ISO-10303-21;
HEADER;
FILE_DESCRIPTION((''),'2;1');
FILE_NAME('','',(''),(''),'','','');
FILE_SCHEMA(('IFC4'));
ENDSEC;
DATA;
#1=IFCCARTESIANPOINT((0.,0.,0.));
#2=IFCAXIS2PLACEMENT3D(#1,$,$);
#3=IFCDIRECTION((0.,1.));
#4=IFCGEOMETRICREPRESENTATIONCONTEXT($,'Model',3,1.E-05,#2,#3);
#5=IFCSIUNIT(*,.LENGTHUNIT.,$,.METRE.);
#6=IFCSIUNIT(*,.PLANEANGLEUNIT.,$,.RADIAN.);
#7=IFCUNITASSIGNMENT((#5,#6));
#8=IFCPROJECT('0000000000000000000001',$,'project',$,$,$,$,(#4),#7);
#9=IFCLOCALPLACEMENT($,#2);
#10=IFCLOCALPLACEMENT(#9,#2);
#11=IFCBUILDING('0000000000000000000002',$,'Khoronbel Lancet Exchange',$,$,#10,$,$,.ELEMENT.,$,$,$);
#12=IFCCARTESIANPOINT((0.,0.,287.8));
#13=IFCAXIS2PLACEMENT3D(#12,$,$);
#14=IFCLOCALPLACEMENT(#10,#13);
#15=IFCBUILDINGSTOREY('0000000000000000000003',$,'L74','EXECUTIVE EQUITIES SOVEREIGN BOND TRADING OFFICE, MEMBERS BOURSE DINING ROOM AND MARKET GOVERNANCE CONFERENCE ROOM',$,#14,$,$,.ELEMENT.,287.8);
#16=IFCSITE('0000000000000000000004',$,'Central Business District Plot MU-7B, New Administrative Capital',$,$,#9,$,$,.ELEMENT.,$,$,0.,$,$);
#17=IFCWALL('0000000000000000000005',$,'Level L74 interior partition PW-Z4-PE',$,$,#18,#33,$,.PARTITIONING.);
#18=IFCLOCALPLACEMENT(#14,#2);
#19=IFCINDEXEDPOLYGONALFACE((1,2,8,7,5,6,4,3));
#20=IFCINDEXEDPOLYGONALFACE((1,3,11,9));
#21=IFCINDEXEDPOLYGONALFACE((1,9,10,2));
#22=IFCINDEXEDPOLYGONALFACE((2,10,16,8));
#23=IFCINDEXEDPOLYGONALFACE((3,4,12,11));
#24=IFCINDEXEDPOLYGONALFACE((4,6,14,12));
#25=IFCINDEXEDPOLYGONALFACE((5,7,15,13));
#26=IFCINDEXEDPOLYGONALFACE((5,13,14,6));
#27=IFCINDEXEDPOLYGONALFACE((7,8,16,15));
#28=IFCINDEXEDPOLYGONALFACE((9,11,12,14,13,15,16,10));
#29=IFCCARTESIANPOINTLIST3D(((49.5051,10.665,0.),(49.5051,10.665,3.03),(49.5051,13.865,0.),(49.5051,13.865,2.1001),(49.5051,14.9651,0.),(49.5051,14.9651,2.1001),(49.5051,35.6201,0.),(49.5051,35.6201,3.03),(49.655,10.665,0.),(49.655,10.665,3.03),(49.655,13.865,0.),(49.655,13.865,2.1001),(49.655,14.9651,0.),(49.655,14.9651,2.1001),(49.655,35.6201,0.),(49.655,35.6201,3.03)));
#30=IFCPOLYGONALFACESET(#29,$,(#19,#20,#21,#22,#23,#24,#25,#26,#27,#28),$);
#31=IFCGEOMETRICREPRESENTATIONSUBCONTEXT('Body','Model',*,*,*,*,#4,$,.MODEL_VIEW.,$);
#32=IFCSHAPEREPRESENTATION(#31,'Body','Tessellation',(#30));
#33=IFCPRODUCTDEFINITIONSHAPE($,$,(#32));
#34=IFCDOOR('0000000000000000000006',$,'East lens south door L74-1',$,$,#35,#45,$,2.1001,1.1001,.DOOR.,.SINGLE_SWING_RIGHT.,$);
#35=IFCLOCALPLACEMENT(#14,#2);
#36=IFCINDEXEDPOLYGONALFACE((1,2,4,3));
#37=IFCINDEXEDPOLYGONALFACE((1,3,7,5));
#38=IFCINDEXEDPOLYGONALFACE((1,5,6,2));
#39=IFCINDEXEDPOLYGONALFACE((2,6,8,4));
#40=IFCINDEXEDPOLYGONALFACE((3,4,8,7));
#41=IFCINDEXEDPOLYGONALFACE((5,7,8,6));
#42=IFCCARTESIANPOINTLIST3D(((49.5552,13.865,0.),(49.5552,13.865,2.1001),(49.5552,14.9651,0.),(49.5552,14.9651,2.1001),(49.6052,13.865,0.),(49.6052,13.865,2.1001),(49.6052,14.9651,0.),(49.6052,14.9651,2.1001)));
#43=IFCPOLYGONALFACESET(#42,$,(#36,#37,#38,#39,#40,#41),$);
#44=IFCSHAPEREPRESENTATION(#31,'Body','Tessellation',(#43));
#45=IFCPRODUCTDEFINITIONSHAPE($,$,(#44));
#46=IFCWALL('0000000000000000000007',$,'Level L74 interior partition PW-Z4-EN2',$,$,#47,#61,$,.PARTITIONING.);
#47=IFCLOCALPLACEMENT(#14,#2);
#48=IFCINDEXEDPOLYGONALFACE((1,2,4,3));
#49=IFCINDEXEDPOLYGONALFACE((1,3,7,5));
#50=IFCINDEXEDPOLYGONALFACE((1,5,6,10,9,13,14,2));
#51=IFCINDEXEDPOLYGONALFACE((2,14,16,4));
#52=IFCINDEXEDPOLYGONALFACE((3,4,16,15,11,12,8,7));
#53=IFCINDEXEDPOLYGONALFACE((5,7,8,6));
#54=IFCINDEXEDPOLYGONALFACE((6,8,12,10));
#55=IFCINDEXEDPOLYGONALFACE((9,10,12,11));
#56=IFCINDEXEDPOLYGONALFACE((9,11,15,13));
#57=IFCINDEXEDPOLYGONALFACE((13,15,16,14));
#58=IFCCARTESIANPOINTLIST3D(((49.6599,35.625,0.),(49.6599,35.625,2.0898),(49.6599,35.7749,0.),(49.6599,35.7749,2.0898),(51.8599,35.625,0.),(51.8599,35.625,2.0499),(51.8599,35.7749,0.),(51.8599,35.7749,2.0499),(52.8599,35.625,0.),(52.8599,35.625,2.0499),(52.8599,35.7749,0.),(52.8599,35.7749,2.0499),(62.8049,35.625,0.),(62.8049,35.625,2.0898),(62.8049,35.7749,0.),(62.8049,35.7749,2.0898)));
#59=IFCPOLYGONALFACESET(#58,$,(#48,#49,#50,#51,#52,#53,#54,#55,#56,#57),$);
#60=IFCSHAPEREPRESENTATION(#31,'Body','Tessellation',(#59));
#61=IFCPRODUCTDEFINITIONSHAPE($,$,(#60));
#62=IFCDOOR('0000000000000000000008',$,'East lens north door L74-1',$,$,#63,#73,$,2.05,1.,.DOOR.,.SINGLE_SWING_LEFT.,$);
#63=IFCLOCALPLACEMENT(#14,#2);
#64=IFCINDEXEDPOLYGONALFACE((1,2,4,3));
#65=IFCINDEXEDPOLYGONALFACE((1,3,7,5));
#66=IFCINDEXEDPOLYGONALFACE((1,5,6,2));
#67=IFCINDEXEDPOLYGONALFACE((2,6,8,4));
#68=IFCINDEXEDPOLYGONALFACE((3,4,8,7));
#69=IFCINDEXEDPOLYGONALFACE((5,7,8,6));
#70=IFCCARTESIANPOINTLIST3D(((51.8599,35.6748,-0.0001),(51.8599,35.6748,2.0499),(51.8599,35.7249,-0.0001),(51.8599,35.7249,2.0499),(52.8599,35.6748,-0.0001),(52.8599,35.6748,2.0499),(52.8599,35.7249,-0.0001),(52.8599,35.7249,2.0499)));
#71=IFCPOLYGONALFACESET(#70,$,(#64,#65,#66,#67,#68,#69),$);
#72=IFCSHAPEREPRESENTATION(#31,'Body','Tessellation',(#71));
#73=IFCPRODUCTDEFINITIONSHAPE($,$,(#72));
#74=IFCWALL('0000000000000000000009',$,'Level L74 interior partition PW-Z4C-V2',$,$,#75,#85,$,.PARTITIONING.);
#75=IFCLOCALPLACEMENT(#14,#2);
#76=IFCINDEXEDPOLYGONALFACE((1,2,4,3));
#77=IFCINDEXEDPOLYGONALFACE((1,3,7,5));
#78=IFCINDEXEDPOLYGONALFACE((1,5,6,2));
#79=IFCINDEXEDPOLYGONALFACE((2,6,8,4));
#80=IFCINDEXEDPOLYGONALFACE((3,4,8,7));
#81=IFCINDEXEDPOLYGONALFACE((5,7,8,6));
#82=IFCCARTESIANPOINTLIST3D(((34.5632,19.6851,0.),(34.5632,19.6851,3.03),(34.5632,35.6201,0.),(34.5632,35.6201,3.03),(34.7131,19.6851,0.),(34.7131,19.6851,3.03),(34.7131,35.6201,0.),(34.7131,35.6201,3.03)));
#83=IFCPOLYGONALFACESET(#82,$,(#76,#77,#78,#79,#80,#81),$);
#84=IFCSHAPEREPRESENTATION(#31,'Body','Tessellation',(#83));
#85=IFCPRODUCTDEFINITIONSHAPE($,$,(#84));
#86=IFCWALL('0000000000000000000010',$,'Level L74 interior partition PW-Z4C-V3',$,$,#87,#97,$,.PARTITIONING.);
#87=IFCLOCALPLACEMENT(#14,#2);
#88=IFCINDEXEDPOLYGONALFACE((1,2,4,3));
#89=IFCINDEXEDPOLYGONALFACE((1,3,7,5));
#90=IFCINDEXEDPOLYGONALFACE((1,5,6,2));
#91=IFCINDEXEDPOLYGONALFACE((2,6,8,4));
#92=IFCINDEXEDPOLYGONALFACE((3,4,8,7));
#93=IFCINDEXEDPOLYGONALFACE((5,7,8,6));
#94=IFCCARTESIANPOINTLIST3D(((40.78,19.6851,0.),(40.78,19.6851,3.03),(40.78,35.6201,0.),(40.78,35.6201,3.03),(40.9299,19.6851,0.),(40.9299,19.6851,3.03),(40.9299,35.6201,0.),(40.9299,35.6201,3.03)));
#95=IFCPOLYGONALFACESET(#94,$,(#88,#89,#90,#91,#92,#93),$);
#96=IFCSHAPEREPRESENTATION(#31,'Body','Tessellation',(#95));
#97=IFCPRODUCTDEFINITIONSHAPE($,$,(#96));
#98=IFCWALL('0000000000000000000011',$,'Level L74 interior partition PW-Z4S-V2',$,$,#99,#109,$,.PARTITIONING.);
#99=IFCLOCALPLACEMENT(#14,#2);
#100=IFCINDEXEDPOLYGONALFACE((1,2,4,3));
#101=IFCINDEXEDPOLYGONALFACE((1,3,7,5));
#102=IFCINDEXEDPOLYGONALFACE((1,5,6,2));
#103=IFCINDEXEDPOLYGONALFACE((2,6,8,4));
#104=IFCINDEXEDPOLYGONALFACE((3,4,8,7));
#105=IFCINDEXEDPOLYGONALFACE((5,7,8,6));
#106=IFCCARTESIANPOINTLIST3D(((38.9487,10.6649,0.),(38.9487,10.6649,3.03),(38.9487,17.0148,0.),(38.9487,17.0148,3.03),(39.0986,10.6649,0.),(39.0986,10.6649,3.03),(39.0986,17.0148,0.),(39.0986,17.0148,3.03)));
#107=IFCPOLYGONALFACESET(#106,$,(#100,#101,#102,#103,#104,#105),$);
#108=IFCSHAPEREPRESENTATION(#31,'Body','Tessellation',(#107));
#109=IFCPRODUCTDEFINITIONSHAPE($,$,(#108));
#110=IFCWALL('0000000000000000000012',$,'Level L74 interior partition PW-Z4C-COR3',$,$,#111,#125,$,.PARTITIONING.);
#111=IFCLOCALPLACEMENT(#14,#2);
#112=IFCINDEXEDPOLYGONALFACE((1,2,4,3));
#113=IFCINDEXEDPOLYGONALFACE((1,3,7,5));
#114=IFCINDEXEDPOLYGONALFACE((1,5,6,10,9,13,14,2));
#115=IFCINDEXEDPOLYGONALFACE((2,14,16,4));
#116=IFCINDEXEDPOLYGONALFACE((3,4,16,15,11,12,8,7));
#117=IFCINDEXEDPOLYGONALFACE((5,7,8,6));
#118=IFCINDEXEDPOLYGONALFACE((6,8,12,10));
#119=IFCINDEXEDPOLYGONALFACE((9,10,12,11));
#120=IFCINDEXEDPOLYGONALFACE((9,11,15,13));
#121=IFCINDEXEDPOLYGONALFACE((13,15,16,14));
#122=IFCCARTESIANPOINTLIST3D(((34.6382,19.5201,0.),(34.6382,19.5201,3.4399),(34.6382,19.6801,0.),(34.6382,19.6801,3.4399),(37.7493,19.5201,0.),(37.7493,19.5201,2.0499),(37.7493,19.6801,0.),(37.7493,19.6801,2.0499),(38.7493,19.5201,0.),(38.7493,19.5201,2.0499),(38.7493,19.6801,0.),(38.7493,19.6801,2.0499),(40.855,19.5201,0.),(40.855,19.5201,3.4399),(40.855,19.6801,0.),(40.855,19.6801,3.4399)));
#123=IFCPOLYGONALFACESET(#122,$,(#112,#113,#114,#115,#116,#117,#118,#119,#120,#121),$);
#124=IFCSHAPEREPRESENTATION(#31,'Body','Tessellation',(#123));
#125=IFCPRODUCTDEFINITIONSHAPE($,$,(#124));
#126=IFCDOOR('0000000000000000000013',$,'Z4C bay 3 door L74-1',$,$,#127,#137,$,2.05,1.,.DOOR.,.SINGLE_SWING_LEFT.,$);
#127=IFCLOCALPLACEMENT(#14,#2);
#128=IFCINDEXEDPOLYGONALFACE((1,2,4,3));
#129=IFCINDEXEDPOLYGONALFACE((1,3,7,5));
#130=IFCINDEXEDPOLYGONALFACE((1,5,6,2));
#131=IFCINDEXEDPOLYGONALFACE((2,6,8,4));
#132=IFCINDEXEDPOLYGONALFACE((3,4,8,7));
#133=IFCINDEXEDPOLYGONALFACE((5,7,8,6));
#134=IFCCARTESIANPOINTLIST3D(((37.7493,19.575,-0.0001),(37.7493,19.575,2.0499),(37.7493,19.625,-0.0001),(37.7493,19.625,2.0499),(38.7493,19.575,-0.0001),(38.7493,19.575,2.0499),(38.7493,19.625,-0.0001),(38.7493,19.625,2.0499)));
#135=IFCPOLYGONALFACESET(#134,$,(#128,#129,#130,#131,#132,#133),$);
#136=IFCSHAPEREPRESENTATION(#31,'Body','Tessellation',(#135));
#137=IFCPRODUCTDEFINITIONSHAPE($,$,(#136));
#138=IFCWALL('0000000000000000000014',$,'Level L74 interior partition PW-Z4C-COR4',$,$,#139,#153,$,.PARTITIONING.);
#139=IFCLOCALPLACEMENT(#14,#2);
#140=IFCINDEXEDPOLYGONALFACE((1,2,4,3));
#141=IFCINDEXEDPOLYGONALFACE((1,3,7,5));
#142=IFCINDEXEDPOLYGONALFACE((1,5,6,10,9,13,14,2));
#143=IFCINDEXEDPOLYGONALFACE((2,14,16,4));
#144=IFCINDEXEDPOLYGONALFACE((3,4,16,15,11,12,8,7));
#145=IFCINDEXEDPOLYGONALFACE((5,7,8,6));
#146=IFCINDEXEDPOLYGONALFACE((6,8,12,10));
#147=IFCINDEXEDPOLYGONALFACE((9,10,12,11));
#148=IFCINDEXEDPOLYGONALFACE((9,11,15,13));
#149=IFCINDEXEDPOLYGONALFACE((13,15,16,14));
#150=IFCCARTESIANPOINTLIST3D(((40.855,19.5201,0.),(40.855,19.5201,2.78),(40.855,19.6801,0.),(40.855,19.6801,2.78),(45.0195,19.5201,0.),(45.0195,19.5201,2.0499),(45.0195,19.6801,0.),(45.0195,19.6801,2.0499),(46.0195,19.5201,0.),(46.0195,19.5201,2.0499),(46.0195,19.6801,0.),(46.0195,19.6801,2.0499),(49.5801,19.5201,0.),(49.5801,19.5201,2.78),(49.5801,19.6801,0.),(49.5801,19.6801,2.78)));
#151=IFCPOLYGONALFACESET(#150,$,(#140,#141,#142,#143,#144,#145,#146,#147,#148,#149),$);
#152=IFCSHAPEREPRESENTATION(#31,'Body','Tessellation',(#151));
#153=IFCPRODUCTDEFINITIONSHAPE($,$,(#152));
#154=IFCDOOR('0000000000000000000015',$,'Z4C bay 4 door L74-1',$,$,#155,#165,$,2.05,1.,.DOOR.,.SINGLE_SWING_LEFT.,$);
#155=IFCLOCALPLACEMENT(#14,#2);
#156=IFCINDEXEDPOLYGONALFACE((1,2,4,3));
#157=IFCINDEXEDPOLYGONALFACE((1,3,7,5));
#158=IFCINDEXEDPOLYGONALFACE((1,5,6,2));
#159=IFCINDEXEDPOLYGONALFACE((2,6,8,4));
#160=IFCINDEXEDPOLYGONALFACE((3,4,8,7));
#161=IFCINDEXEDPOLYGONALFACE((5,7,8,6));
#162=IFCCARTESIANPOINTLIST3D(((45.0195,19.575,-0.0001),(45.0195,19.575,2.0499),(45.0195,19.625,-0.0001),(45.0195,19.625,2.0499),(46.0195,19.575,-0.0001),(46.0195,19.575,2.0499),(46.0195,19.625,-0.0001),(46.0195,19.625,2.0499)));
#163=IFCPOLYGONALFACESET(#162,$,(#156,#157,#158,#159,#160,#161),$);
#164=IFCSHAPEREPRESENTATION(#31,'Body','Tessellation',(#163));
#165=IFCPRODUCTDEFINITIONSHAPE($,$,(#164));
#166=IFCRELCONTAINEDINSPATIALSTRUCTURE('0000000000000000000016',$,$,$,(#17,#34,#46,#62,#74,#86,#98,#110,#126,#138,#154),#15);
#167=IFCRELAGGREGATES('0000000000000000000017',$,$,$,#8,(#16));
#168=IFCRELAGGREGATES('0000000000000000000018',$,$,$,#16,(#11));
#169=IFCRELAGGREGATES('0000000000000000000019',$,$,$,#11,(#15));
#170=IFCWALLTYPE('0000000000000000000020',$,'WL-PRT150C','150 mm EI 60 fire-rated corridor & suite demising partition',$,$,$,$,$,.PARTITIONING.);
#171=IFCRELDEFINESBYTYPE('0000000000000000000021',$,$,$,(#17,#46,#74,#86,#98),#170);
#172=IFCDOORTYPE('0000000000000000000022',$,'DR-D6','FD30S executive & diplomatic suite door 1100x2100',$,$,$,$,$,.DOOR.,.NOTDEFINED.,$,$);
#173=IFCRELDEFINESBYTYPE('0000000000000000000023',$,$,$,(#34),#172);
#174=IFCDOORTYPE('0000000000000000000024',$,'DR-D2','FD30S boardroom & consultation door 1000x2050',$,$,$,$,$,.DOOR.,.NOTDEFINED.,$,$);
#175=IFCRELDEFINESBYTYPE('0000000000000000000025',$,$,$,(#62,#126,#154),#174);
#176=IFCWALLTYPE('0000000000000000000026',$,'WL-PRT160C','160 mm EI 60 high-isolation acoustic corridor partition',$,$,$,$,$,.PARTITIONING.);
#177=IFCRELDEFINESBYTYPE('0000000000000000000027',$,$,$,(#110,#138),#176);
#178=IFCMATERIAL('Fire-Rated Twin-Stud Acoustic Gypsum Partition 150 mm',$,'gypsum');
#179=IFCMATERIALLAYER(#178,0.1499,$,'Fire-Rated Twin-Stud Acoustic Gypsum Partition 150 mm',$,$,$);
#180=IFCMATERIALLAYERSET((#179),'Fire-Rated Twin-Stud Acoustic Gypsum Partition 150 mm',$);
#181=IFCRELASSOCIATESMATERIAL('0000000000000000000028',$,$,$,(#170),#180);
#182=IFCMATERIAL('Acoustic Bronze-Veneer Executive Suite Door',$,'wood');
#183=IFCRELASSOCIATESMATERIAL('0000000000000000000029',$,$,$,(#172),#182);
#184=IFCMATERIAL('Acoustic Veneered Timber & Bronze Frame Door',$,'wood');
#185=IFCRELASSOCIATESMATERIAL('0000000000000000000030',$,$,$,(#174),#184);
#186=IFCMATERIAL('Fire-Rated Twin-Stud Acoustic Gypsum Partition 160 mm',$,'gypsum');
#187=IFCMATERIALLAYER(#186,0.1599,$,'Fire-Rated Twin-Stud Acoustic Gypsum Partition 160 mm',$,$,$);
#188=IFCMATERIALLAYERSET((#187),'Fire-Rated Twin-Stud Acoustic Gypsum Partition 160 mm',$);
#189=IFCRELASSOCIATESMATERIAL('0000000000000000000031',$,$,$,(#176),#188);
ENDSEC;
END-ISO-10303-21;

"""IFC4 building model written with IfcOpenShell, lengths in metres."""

from ifc_helpers import new_model, si_unit, direction, frame, frame_2d, origin, place, context, subcontext, project, spatial, rectangle, extrude, material, layer, layer_set, type_object, element, fill, save


model = new_model("IFC4")

# Units and contexts
model_context = context("Model", 3, precision=1e-05, world=origin(), true_north=direction((0.0, 1.0)))
body_context = subcontext(model_context, "Body", "Model", "MODEL_VIEW")
ifc_project = project(units=[si_unit("LENGTHUNIT", "METRE"), si_unit("PLANEANGLEUNIT", "RADIAN")], contexts=[model_context])

# Site, building, storey
site_placement = place(None, origin())
site = spatial("IfcSite", under=ifc_project, at=site_placement, Name="Central Business District Plot MU-7B, New Administrative Capital", CompositionType="ELEMENT", RefElevation=0.0)
building_placement = place(site_placement, origin())
building = spatial("IfcBuilding", under=site, at=building_placement, Name="Khoronbel Lancet Exchange", CompositionType="ELEMENT")
storey_placement = place(building_placement, frame((0.0, 0.0, 287.8)))
storey = spatial("IfcBuildingStorey", under=building, at=storey_placement, Name="L74", Description="EXECUTIVE EQUITIES SOVEREIGN BOND TRADING OFFICE, MEMBERS BOURSE DINING ROOM AND MARKET GOVERNANCE CONFERENCE ROOM", CompositionType="ELEMENT", Elevation=287.8)

# Walls, openings, doors
ifc_material_1 = material(Name="Fire-Rated Twin-Stud Acoustic Gypsum Partition 150 mm", Category="gypsum")
ifc_layer_1 = layer(ifc_material_1, 0.1499, Name="Fire-Rated Twin-Stud Acoustic Gypsum Partition 150 mm")
ifc_layer_set_1 = layer_set([ifc_layer_1], Name="Fire-Rated Twin-Stud Acoustic Gypsum Partition 150 mm")
wall_type_1 = type_object("IfcWallType", Name="WL-PRT150C", Description="150 mm EI 60 fire-rated corridor & suite demising partition", PredefinedType="PARTITIONING", material=ifc_layer_set_1)
wall_1_placement = place(storey_placement, frame((49.5801, 10.665, 0.0), z_axis=(0.0, 0.0, 1.0), x_axis=(0.0, 1.0, 0.0)))
wall_1 = element("IfcWall", 1, at=wall_1_placement, inside=storey, type_object=wall_type_1, Name="Level L74 interior partition PW-Z4-PE", PredefinedType="PARTITIONING", context=body_context, shape_type="SweptSolid", body=[
    extrude(rectangle(XDim=24.9551, YDim=0.1499, at=frame_2d((12.4775, 0.0))), origin(), (0.0, 0.0, 1.0), 3.03),
])
opening_1_placement = place(wall_1_placement, frame((3.2, 0.0, 0.0)))
opening_1 = element("IfcOpeningElement", 2, at=opening_1_placement, cuts=wall_1, PredefinedType="OPENING", context=body_context, shape_type="SweptSolid", body=[
    extrude(rectangle(XDim=1.1001, YDim=2.1001, at=frame_2d((0.55, 1.05))), frame((0.0, 0.085, 0.0), z_axis=(0.0, -1.0, 0.0), x_axis=(1.0, 0.0, 0.0)), (0.0, 0.0, 1.0), 0.1699),
])
ifc_material_2 = material(Name="Acoustic Bronze-Veneer Executive Suite Door", Category="wood")
door_type_1 = type_object("IfcDoorType", Name="DR-D6", Description="FD30S executive & diplomatic suite door 1100x2100", OperationType="NOTDEFINED", PredefinedType="DOOR", material=ifc_material_2)
door_1_placement = place(opening_1_placement, origin())
door_1 = element("IfcDoor", 3, at=door_1_placement, inside=storey, type_object=door_type_1, Name="East lens south door L74-1", OperationType="SINGLE_SWING_RIGHT", OverallHeight=2.1001, OverallWidth=1.1001, PredefinedType="DOOR", context=body_context, shape_type="SweptSolid", body=[
    extrude(rectangle(XDim=1.1001, YDim=2.1001, at=frame_2d((0.55, 1.05))), frame((0.0, 0.0249, 0.0), z_axis=(0.0, -1.0, 0.0), x_axis=(1.0, 0.0, 0.0)), (0.0, 0.0, 1.0), 0.05),
])
fill(opening_1, door_1)
wall_2_placement = place(storey_placement, frame((49.6599, 35.7, 0.0), z_axis=(0.0, 0.0, 1.0), x_axis=(1.0, 0.0, 0.0)))
wall_2 = element("IfcWall", 4, at=wall_2_placement, inside=storey, type_object=wall_type_1, Name="Level L74 interior partition PW-Z4-EN2", PredefinedType="PARTITIONING", context=body_context, shape_type="SweptSolid", body=[
    extrude(rectangle(XDim=13.145, YDim=0.1499, at=frame_2d((6.5725, 0.0))), origin(), (0.0, 0.0, 1.0), 2.0898),
])
opening_2_placement = place(wall_2_placement, frame((2.2, 0.0, 0.0)))
opening_2 = element("IfcOpeningElement", 5, at=opening_2_placement, cuts=wall_2, PredefinedType="OPENING", context=body_context, shape_type="SweptSolid", body=[
    extrude(rectangle(XDim=1.0, YDim=2.05, at=frame_2d((0.5, 1.0249))), frame((0.0, 0.085, 0.0), z_axis=(0.0, -1.0, 0.0), x_axis=(1.0, 0.0, 0.0)), (0.0, 0.0, 1.0), 0.1699),
])
ifc_material_3 = material(Name="Acoustic Veneered Timber & Bronze Frame Door", Category="wood")
door_type_2 = type_object("IfcDoorType", Name="DR-D2", Description="FD30S boardroom & consultation door 1000x2050", OperationType="NOTDEFINED", PredefinedType="DOOR", material=ifc_material_3)
door_2_placement = place(opening_2_placement, origin())
door_2 = element("IfcDoor", 6, at=door_2_placement, inside=storey, type_object=door_type_2, Name="East lens north door L74-1", OperationType="SINGLE_SWING_LEFT", OverallHeight=2.05, OverallWidth=1.0, PredefinedType="DOOR", context=body_context, shape_type="SweptSolid", body=[
    extrude(rectangle(XDim=1.0, YDim=2.05, at=frame_2d((0.5, 1.0249))), frame((0.0, 0.0249, 0.0), z_axis=(0.0, -1.0, 0.0), x_axis=(1.0, 0.0, 0.0)), (0.0, 0.0, 1.0), 0.05),
])
fill(opening_2, door_2)

# Walls
for number, where, z_axis, x_axis, name in (
    (7, (34.6382, 19.6851, 0.0), (0.0, 0.0, 1.0), (0.0, 1.0, 0.0), "Level L74 interior partition PW-Z4C-V2"),
    (8, (40.855, 19.6851, 0.0), (0.0, 0.0, 1.0), (0.0, 1.0, 0.0), "Level L74 interior partition PW-Z4C-V3"),
):
    element("IfcWall", number, at=place(storey_placement, frame(where, z_axis=z_axis, x_axis=x_axis)), inside=storey, type_object=wall_type_1, Name=name, PredefinedType="PARTITIONING", context=body_context, shape_type="SweptSolid", body=[
        extrude(rectangle(XDim=15.9351, YDim=0.1499, at=frame_2d((7.9675, 0.0))), origin(), (0.0, 0.0, 1.0), 3.03),
    ])
wall_3_placement = place(storey_placement, frame((39.0237, 10.665, 0.0), z_axis=(0.0, 0.0, 1.0), x_axis=(0.0, 1.0, 0.0)))
element("IfcWall", 9, at=wall_3_placement, inside=storey, type_object=wall_type_1, Name="Level L74 interior partition PW-Z4S-V2", PredefinedType="PARTITIONING", context=body_context, shape_type="SweptSolid", body=[
    extrude(rectangle(XDim=6.3499, YDim=0.1499, at=frame_2d((3.1748, 0.0))), origin(), (0.0, 0.0, 1.0), 3.03),
])

# Walls, openings, doors
ifc_material_4 = material(Name="Fire-Rated Twin-Stud Acoustic Gypsum Partition 160 mm", Category="gypsum")
ifc_layer_2 = layer(ifc_material_4, 0.1599, Name="Fire-Rated Twin-Stud Acoustic Gypsum Partition 160 mm")
ifc_layer_set_2 = layer_set([ifc_layer_2], Name="Fire-Rated Twin-Stud Acoustic Gypsum Partition 160 mm")
wall_type_2 = type_object("IfcWallType", Name="WL-PRT160C", Description="160 mm EI 60 high-isolation acoustic corridor partition", PredefinedType="PARTITIONING", material=ifc_layer_set_2)
wall_4_placement = place(storey_placement, frame((34.6382, 19.6001, 0.0), z_axis=(0.0, 0.0, 1.0), x_axis=(1.0, 0.0, 0.0)))
wall_4 = element("IfcWall", 10, at=wall_4_placement, inside=storey, type_object=wall_type_2, Name="Level L74 interior partition PW-Z4C-COR3", PredefinedType="PARTITIONING", context=body_context, shape_type="SweptSolid", body=[
    extrude(rectangle(XDim=6.2168, YDim=0.1599, at=frame_2d((3.1084, 0.0))), origin(), (0.0, 0.0, 1.0), 3.4399),
])
opening_3_placement = place(wall_4_placement, frame((3.1111, 0.0, 0.0)))
opening_3 = element("IfcOpeningElement", 11, at=opening_3_placement, cuts=wall_4, PredefinedType="OPENING", context=body_context, shape_type="SweptSolid", body=[
    extrude(rectangle(XDim=1.0, YDim=2.05, at=frame_2d((0.5, 1.0249))), frame((0.0, 0.0898, 0.0), z_axis=(0.0, -1.0, 0.0), x_axis=(1.0, 0.0, 0.0)), (0.0, 0.0, 1.0), 0.1799),
])
door_3_placement = place(opening_3_placement, origin())
door_3 = element("IfcDoor", 12, at=door_3_placement, inside=storey, type_object=door_type_2, Name="Z4C bay 3 door L74-1", OperationType="SINGLE_SWING_LEFT", OverallHeight=2.05, OverallWidth=1.0, PredefinedType="DOOR", context=body_context, shape_type="SweptSolid", body=[
    extrude(rectangle(XDim=1.0, YDim=2.05, at=frame_2d((0.5, 1.0249))), frame((0.0, 0.0249, 0.0), z_axis=(0.0, -1.0, 0.0), x_axis=(1.0, 0.0, 0.0)), (0.0, 0.0, 1.0), 0.05),
])
fill(opening_3, door_3)
wall_5_placement = place(storey_placement, frame((40.855, 19.6001, 0.0), z_axis=(0.0, 0.0, 1.0), x_axis=(1.0, 0.0, 0.0)))
wall_5 = element("IfcWall", 13, at=wall_5_placement, inside=storey, type_object=wall_type_2, Name="Level L74 interior partition PW-Z4C-COR4", PredefinedType="PARTITIONING", context=body_context, shape_type="SweptSolid", body=[
    extrude(rectangle(XDim=8.7251, YDim=0.1599, at=frame_2d((4.3625, 0.0))), origin(), (0.0, 0.0, 1.0), 2.78),
])
opening_4_placement = place(wall_5_placement, frame((4.1646, 0.0, 0.0)))
opening_4 = element("IfcOpeningElement", 14, at=opening_4_placement, cuts=wall_5, PredefinedType="OPENING", context=body_context, shape_type="SweptSolid", body=[
    extrude(rectangle(XDim=1.0, YDim=2.05, at=frame_2d((0.5, 1.0249))), frame((0.0, 0.0898, 0.0), z_axis=(0.0, -1.0, 0.0), x_axis=(1.0, 0.0, 0.0)), (0.0, 0.0, 1.0), 0.1799),
])
door_4_placement = place(opening_4_placement, origin())
door_4 = element("IfcDoor", 15, at=door_4_placement, inside=storey, type_object=door_type_2, Name="Z4C bay 4 door L74-1", OperationType="SINGLE_SWING_LEFT", OverallHeight=2.05, OverallWidth=1.0, PredefinedType="DOOR", context=body_context, shape_type="SweptSolid", body=[
    extrude(rectangle(XDim=1.0, YDim=2.05, at=frame_2d((0.5, 1.0249))), frame((0.0, 0.0249, 0.0), z_axis=(0.0, -1.0, 0.0), x_axis=(1.0, 0.0, 0.0)), (0.0, 0.0, 1.0), 0.05),
])
fill(opening_4, door_4)

save(model, "model.ifc")
